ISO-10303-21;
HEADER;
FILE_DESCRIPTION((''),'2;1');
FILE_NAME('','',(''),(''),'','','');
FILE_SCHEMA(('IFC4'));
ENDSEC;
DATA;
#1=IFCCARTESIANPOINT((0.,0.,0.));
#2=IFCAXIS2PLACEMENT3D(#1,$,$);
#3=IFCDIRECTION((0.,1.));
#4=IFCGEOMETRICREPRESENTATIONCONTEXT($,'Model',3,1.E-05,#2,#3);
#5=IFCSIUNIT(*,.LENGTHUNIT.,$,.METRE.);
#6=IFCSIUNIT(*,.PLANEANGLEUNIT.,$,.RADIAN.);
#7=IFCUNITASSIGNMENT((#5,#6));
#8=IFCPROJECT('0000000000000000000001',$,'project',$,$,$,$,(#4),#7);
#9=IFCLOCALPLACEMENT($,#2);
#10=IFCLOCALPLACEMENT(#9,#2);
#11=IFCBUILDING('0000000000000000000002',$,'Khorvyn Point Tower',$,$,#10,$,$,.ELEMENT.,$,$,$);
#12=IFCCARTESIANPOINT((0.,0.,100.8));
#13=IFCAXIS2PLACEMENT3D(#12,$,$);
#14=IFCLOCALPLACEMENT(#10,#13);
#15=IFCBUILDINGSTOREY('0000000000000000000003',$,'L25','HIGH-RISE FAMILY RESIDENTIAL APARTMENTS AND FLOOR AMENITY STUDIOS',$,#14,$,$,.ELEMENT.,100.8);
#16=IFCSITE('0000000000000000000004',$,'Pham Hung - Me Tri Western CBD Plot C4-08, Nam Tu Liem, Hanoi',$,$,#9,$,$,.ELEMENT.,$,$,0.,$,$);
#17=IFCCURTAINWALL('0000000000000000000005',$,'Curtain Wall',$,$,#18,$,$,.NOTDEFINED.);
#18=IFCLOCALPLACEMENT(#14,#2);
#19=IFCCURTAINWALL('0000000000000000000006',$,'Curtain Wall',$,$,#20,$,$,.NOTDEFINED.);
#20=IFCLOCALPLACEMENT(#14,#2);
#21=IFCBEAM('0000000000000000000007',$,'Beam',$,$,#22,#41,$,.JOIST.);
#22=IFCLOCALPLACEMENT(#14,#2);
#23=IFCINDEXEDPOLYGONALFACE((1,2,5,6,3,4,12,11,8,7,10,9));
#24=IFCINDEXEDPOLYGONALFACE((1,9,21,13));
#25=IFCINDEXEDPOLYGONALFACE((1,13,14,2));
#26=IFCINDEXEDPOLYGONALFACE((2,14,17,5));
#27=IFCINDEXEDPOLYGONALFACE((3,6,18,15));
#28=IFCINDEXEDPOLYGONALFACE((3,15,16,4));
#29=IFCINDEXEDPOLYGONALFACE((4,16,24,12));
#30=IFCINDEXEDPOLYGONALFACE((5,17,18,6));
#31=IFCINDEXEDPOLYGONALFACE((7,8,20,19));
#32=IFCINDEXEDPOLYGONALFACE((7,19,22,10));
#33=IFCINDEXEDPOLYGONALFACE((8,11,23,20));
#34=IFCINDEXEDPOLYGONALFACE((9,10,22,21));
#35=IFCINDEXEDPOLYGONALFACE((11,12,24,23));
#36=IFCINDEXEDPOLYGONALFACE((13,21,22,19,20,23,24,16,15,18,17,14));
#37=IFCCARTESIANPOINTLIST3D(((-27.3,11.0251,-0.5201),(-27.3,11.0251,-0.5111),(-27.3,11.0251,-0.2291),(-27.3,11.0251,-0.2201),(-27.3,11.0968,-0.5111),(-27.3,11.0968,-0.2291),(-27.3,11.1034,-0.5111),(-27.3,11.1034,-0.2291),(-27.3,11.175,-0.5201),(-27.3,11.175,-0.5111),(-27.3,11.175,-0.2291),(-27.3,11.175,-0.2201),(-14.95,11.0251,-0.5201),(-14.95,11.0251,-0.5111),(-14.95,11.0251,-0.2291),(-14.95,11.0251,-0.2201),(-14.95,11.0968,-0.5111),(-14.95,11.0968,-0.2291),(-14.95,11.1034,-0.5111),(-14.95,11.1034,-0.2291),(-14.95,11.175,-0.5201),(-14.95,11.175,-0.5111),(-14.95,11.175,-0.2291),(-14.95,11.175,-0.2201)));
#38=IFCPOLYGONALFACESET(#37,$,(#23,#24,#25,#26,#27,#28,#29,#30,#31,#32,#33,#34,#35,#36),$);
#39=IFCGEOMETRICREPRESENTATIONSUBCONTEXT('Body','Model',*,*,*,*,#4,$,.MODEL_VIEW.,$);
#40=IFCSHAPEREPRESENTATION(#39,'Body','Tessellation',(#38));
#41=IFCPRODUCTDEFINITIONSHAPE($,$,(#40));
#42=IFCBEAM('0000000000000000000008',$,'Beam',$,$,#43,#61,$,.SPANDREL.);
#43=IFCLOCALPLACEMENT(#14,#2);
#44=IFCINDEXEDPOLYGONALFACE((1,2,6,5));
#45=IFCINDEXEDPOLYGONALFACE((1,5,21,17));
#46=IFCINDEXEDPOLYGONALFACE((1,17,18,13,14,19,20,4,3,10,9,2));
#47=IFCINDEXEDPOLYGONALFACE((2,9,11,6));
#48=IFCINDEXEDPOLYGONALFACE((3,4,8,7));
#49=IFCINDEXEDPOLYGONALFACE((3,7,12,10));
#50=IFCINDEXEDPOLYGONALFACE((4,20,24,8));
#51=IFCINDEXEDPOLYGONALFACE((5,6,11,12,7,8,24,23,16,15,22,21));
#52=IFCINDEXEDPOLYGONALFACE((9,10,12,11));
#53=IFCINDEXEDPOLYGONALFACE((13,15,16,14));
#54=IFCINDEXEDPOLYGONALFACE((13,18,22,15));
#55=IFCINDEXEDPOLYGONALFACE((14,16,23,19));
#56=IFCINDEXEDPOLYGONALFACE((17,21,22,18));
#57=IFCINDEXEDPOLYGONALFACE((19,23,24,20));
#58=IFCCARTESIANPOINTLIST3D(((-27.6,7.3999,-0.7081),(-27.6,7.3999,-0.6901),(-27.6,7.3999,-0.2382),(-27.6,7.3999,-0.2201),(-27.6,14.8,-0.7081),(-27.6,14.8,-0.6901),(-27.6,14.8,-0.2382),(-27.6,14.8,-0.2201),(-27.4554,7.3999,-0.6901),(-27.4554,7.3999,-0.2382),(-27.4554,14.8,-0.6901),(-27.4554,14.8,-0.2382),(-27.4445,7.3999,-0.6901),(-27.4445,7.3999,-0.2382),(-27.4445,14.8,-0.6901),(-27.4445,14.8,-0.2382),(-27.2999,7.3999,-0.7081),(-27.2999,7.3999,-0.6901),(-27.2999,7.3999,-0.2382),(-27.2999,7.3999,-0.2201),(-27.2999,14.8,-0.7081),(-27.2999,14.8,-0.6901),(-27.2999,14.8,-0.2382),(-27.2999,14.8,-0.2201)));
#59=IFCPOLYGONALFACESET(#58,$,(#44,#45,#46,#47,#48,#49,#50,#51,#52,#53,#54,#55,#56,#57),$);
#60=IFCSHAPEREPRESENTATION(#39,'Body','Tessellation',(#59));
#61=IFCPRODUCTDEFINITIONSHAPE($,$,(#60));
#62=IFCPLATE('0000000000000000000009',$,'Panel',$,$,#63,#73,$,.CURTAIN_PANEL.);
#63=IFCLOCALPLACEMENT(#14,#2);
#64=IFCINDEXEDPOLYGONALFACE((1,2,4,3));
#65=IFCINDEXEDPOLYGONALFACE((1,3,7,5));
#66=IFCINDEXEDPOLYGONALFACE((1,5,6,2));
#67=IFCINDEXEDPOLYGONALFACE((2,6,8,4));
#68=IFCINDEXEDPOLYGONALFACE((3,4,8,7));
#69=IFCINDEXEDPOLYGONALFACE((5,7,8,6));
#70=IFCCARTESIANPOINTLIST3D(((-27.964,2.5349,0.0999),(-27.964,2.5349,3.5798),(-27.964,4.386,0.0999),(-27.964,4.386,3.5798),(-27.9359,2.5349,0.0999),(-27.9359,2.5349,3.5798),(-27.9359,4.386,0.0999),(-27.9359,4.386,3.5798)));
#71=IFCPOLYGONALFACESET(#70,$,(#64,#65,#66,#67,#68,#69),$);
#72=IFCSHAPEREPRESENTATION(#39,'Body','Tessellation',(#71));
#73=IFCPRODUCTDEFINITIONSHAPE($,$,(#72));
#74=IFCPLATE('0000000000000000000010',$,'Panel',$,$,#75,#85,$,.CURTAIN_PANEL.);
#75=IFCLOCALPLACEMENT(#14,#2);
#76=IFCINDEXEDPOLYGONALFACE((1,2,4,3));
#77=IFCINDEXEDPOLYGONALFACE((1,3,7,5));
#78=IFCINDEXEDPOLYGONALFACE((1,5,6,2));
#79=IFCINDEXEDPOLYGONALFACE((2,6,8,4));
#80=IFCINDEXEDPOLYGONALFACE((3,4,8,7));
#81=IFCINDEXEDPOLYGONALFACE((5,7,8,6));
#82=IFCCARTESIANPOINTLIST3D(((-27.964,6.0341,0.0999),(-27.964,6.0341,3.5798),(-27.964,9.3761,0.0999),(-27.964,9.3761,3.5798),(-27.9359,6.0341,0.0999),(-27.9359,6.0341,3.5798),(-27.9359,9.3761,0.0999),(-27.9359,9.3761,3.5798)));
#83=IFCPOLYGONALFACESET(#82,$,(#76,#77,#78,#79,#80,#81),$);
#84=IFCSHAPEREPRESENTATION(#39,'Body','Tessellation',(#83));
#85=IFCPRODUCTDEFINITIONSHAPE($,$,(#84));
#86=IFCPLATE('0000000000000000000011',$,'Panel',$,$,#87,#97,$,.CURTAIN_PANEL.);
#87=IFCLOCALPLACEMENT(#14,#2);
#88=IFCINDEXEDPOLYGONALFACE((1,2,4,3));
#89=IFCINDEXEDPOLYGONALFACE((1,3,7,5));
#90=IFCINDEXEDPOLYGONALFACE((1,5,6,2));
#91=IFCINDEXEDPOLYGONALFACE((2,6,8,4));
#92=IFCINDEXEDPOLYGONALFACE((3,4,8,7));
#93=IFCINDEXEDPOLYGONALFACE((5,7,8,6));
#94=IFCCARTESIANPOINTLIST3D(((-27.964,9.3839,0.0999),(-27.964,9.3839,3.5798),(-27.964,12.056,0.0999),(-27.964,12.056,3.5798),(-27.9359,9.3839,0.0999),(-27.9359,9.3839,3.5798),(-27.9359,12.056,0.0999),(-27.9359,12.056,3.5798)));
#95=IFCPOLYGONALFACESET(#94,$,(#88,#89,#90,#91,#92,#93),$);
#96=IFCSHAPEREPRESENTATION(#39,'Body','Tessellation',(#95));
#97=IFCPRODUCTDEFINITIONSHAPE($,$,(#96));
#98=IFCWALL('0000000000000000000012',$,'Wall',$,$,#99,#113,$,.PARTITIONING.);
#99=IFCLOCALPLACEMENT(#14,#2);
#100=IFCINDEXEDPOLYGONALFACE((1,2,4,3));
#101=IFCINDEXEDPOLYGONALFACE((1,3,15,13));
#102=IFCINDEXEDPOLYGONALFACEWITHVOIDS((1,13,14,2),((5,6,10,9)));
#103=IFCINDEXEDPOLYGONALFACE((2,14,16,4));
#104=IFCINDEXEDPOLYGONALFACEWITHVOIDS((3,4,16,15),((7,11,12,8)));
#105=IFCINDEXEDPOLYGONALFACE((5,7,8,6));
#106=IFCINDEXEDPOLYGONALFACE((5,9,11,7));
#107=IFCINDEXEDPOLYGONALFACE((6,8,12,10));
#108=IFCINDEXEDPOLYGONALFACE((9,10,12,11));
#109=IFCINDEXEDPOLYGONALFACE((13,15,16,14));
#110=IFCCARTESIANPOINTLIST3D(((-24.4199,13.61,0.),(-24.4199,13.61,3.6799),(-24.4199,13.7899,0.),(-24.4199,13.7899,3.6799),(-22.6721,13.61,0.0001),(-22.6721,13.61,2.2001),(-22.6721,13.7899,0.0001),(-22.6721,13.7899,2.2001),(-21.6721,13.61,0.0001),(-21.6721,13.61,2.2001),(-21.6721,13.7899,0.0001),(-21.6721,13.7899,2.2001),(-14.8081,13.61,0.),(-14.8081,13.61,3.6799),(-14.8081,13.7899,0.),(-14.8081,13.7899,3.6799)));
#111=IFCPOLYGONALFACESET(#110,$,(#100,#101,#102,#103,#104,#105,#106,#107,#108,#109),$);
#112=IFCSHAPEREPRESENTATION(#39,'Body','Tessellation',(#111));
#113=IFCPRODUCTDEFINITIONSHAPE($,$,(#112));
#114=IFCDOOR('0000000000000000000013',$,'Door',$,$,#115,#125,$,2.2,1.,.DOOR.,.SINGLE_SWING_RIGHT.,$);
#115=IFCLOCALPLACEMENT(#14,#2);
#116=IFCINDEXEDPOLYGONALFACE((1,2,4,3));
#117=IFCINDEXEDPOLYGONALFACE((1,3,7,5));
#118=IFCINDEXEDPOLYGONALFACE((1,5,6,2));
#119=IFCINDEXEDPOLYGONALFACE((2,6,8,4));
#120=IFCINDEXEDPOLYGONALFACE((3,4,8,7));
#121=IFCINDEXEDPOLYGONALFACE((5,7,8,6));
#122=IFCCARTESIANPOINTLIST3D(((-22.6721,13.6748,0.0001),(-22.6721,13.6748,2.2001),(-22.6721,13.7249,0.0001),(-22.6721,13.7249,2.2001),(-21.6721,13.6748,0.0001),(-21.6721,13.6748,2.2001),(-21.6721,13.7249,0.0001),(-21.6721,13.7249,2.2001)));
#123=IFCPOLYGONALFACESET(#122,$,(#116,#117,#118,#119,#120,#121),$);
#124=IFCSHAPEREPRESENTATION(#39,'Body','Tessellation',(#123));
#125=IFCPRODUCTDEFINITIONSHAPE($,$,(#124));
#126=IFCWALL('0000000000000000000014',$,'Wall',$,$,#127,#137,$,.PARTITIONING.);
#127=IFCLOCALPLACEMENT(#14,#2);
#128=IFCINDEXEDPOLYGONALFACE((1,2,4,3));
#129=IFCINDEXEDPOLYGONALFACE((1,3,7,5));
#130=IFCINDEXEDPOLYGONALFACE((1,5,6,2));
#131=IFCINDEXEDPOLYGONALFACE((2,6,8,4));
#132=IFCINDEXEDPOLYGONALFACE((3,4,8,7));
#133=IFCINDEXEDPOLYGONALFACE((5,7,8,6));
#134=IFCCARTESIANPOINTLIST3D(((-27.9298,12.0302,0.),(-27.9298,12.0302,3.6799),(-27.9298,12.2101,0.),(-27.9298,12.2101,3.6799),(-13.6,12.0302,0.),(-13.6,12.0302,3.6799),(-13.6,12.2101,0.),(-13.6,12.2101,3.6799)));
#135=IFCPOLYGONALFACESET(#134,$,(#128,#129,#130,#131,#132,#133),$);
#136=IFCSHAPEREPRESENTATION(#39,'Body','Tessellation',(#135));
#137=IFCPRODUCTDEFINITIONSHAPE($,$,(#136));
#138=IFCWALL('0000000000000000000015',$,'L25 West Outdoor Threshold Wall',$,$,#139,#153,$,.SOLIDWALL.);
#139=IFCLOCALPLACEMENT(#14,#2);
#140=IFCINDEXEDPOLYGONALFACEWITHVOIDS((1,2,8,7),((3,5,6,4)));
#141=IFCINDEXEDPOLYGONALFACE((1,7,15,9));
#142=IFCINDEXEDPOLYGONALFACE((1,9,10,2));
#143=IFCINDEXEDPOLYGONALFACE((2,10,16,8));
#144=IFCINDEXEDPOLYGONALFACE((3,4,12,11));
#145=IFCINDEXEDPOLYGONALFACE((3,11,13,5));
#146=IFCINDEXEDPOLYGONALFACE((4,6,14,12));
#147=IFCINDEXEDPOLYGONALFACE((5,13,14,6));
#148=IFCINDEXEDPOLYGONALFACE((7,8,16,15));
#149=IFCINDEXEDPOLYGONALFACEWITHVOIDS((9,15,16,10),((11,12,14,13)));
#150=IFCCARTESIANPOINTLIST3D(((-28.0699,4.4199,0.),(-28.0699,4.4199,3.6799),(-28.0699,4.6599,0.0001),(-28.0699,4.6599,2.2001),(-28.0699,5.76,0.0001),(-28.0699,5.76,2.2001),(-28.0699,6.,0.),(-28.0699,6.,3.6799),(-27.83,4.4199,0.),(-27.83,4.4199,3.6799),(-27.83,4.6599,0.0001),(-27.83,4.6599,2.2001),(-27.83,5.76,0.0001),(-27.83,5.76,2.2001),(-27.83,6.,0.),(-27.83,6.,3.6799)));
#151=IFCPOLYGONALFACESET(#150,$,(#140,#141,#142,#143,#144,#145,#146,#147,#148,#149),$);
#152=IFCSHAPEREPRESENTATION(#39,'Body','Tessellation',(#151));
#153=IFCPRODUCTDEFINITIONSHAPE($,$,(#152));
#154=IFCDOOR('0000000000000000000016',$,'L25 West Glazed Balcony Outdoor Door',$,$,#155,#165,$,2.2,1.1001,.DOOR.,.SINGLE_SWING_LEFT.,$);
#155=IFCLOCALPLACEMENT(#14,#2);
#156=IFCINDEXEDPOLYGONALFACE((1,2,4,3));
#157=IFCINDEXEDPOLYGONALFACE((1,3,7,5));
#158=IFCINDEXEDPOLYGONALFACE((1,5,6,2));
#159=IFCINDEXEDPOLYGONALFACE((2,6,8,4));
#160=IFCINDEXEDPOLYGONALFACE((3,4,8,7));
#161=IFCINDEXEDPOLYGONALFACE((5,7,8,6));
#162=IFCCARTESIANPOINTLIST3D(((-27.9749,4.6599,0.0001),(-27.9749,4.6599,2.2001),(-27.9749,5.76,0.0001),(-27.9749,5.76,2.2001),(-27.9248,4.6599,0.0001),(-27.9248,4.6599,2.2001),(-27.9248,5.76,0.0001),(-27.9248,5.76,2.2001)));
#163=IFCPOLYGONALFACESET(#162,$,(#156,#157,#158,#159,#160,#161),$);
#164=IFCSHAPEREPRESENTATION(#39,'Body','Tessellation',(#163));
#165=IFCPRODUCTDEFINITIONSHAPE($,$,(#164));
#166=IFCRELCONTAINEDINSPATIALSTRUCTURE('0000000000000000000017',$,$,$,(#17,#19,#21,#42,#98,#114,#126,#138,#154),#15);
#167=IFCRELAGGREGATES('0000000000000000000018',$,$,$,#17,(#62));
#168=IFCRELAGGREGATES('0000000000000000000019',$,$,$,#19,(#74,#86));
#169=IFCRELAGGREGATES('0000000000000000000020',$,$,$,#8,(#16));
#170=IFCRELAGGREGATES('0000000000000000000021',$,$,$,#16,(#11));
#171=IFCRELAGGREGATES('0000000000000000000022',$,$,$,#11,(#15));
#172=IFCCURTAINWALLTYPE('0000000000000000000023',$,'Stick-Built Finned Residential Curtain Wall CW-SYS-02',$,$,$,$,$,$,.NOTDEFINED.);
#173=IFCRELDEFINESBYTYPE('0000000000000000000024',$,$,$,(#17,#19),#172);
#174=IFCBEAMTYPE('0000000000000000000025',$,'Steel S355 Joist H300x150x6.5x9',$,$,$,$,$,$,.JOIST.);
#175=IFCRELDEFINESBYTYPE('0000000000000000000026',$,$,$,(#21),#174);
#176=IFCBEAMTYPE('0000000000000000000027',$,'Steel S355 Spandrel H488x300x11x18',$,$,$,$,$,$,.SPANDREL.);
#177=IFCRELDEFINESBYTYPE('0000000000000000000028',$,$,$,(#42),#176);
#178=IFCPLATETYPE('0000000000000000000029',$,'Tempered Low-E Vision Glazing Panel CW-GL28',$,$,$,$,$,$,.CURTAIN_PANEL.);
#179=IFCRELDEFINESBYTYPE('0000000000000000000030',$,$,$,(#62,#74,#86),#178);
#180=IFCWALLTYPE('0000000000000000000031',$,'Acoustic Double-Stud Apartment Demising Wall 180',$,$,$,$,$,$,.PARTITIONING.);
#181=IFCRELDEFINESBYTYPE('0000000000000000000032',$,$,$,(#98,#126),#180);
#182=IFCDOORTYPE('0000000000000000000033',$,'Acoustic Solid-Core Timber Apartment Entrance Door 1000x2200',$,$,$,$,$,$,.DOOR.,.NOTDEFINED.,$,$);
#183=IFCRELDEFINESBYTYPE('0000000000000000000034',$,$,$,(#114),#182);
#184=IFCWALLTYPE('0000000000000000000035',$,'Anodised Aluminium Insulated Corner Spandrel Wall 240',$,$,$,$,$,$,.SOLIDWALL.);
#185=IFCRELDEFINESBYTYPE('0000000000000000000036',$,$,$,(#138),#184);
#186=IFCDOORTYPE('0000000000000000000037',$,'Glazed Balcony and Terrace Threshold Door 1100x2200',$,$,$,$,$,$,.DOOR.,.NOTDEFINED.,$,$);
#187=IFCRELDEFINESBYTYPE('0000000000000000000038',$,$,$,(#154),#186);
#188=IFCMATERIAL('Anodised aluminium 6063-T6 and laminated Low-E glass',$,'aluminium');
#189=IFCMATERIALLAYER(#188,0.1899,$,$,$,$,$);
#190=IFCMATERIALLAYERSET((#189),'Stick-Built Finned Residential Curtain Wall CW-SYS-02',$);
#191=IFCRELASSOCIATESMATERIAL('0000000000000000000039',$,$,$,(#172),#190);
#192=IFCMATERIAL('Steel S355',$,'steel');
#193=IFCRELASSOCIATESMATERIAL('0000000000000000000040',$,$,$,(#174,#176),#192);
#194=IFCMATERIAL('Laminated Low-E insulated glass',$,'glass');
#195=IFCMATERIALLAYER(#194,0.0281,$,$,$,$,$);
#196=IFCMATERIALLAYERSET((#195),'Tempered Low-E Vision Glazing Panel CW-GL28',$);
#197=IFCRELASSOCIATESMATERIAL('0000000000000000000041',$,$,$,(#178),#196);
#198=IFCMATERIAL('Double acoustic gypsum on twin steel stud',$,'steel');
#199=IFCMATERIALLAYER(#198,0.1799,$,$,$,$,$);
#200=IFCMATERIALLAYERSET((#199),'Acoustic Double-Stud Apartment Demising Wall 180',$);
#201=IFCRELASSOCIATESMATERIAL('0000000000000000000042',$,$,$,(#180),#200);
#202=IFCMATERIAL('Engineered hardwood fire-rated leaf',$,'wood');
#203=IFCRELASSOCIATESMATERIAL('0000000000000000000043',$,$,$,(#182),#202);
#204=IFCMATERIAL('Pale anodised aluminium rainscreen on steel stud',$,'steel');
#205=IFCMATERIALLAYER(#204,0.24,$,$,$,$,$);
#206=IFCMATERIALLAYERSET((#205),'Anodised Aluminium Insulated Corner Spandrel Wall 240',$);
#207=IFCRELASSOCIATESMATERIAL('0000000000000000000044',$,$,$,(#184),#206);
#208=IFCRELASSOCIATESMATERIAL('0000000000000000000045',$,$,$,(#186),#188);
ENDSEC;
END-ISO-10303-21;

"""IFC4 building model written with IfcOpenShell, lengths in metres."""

from ifc_helpers import new_model, si_unit, direction, frame, frame_2d, origin, origin_2d, place, context, subcontext, project, spatial, rectangle, i_section, extrude, material, layer, layer_set, material_profile, profile_set, type_object, element, fill, aggregate, save


model = new_model("IFC4")

# Units and contexts
model_context = context("Model", 3, precision=1e-05, world=origin(), true_north=direction((0.0, 1.0)))
body_context = subcontext(model_context, "Body", "Model", "MODEL_VIEW")
ifc_project = project(units=[si_unit("LENGTHUNIT", "METRE"), si_unit("PLANEANGLEUNIT", "RADIAN")], contexts=[model_context])

# Site, building, storey
site_placement = place(None, origin())
site = spatial("IfcSite", under=ifc_project, at=site_placement, Name="Pham Hung - Me Tri Western CBD Plot C4-08, Nam Tu Liem, Hanoi", CompositionType="ELEMENT", RefElevation=0.0)
building_placement = place(site_placement, origin())
building = spatial("IfcBuilding", under=site, at=building_placement, Name="Khorvyn Point Tower", CompositionType="ELEMENT")
storey_placement = place(building_placement, frame((0.0, 0.0, 100.8)))
storey = spatial("IfcBuildingStorey", under=building, at=storey_placement, Name="L25", Description="HIGH-RISE FAMILY RESIDENTIAL APARTMENTS AND FLOOR AMENITY STUDIOS", CompositionType="ELEMENT", Elevation=100.8)

# Curtain wall
ifc_material_1 = material(Name="Anodised aluminium 6063-T6 and laminated Low-E glass", Category="aluminium")
ifc_layer_1 = layer(ifc_material_1, 0.1899)
ifc_layer_set_1 = layer_set([ifc_layer_1], Name="Stick-Built Finned Residential Curtain Wall CW-SYS-02")
curtain_wall_type = type_object("IfcCurtainWallType", Name="Stick-Built Finned Residential Curtain Wall CW-SYS-02", PredefinedType="NOTDEFINED", material=ifc_layer_set_1)
curtain_wall_1_placement = place(storey_placement, origin())
curtain_wall_1 = element("IfcCurtainWall", 1, at=curtain_wall_1_placement, inside=storey, type_object=curtain_wall_type, Name="Curtain Wall", PredefinedType="NOTDEFINED")

# Curtain wall
curtain_wall_2_placement = place(storey_placement, origin())
curtain_wall_2 = element("IfcCurtainWall", 2, at=curtain_wall_2_placement, inside=storey, type_object=curtain_wall_type, Name="Curtain Wall", PredefinedType="NOTDEFINED")

# Beams
ifc_material_2 = material(Name="Steel S355", Category="steel")
ifc_material_profile_1 = material_profile(ifc_material_2, i_section(OverallWidth=0.1499, OverallDepth=0.3, WebThickness=0.0066, FlangeThickness=0.009, at=origin_2d()))
ifc_profile_set_1 = profile_set([ifc_material_profile_1], Name="Steel S355 H300x150x6.5x9")
beam_type_1 = type_object("IfcBeamType", Name="Steel S355 Joist H300x150x6.5x9", PredefinedType="JOIST", material=ifc_profile_set_1)
beam_1_placement = place(storey_placement, frame((-27.3, 11.1001, -0.3701), z_axis=(1.0, 0.0, 0.0), x_axis=(0.0, 1.0, 0.0)))
element("IfcBeam", 3, at=beam_1_placement, inside=storey, type_object=beam_type_1, Name="Beam", PredefinedType="JOIST", context=body_context, shape_type="SweptSolid", body=[
    extrude(i_section(OverallWidth=0.1499, OverallDepth=0.3, WebThickness=0.0066, FlangeThickness=0.009, at=origin_2d()), origin(), (0.0, 0.0, 1.0), 12.3501),
])
ifc_material_profile_2 = material_profile(ifc_material_2, i_section(OverallWidth=0.3, OverallDepth=0.488, WebThickness=0.011, FlangeThickness=0.0181, at=origin_2d()))
ifc_profile_set_2 = profile_set([ifc_material_profile_2], Name="Steel S355 H488x300x11x18")
beam_type_2 = type_object("IfcBeamType", Name="Steel S355 Spandrel H488x300x11x18", PredefinedType="SPANDREL", material=ifc_profile_set_2)
beam_2_placement = place(storey_placement, frame((-27.45, 7.3999, -0.4641), z_axis=(0.0, 1.0, 0.0), x_axis=(-1.0, 0.0, 0.0)))
element("IfcBeam", 4, at=beam_2_placement, inside=storey, type_object=beam_type_2, Name="Beam", PredefinedType="SPANDREL", context=body_context, shape_type="SweptSolid", body=[
    extrude(i_section(OverallWidth=0.3, OverallDepth=0.488, WebThickness=0.011, FlangeThickness=0.0181, at=origin_2d()), origin(), (0.0, 0.0, 1.0), 7.4001),
])

# Plates
ifc_material_3 = material(Name="Laminated Low-E insulated glass", Category="glass")
ifc_layer_2 = layer(ifc_material_3, 0.0281)
ifc_layer_set_2 = layer_set([ifc_layer_2], Name="Tempered Low-E Vision Glazing Panel CW-GL28")
plate_type = type_object("IfcPlateType", Name="Tempered Low-E Vision Glazing Panel CW-GL28", PredefinedType="CURTAIN_PANEL", material=ifc_layer_set_2)
plate_1_placement = place(storey_placement, frame((-27.95, 3.4604, 0.0999), z_axis=(0.0, 0.0, 1.0), x_axis=(0.0, 1.0, 0.0)))
plate_1 = element("IfcPlate", 5, at=plate_1_placement, type_object=plate_type, Name="Panel", PredefinedType="CURTAIN_PANEL", context=body_context, shape_type="SweptSolid", body=[
    extrude(rectangle(XDim=1.8511, YDim=0.0281, at=origin_2d()), origin(), (0.0, 0.0, 1.0), 3.48),
])
aggregate(curtain_wall_1, [plate_1])
plate_2_placement = place(storey_placement, frame((-27.95, 7.7051, 0.0999), z_axis=(0.0, 0.0, 1.0), x_axis=(0.0, 1.0, 0.0)))
plate_2 = element("IfcPlate", 6, at=plate_2_placement, type_object=plate_type, Name="Panel", PredefinedType="CURTAIN_PANEL", context=body_context, shape_type="SweptSolid", body=[
    extrude(rectangle(XDim=3.342, YDim=0.0281, at=origin_2d()), origin(), (0.0, 0.0, 1.0), 3.48),
])
plate_3_placement = place(storey_placement, frame((-27.95, 10.72, 0.0999), z_axis=(0.0, 0.0, 1.0), x_axis=(0.0, 1.0, 0.0)))
plate_3 = element("IfcPlate", 7, at=plate_3_placement, type_object=plate_type, Name="Panel", PredefinedType="CURTAIN_PANEL", context=body_context, shape_type="SweptSolid", body=[
    extrude(rectangle(XDim=2.6721, YDim=0.0281, at=origin_2d()), origin(), (0.0, 0.0, 1.0), 3.48),
])
aggregate(curtain_wall_2, [plate_2, plate_3])

# Wall, opening, door
ifc_material_4 = material(Name="Double acoustic gypsum on twin steel stud", Category="steel")
ifc_layer_3 = layer(ifc_material_4, 0.1799)
ifc_layer_set_3 = layer_set([ifc_layer_3], Name="Acoustic Double-Stud Apartment Demising Wall 180")
wall_type_1 = type_object("IfcWallType", Name="Acoustic Double-Stud Apartment Demising Wall 180", PredefinedType="PARTITIONING", material=ifc_layer_set_3)
wall_1_placement = place(storey_placement, frame((-24.4199, 13.7, 0.0), z_axis=(0.0, 0.0, 1.0), x_axis=(1.0, 0.0, 0.0)))
wall_1 = element("IfcWall", 8, at=wall_1_placement, inside=storey, type_object=wall_type_1, Name="Wall", PredefinedType="PARTITIONING", context=body_context, shape_type="SweptSolid", body=[
    extrude(rectangle(XDim=9.6118, YDim=0.1799, at=frame_2d((4.8059, 0.0))), origin(), (0.0, 0.0, 1.0), 3.6799),
])
opening_1_placement = place(wall_1_placement, frame((1.7478, 0.0, 0.0)))
opening_1 = element("IfcOpeningElement", 9, at=opening_1_placement, cuts=wall_1, PredefinedType="OPENING", context=body_context, shape_type="SweptSolid", body=[
    extrude(rectangle(XDim=1.0, YDim=2.2, at=frame_2d((0.5, 1.1001))), frame((0.0, 0.0999, 0.0), z_axis=(0.0, -1.0, 0.0), x_axis=(1.0, 0.0, 0.0)), (0.0, 0.0, 1.0), 0.2),
])
ifc_material_5 = material(Name="Engineered hardwood fire-rated leaf", Category="wood")
door_type_1 = type_object("IfcDoorType", Name="Acoustic Solid-Core Timber Apartment Entrance Door 1000x2200", OperationType="NOTDEFINED", PredefinedType="DOOR", material=ifc_material_5)
door_1_placement = place(opening_1_placement, origin())
door_1 = element("IfcDoor", 10, at=door_1_placement, inside=storey, type_object=door_type_1, Name="Door", OperationType="SINGLE_SWING_RIGHT", OverallHeight=2.2, OverallWidth=1.0, PredefinedType="DOOR", context=body_context, shape_type="SweptSolid", body=[
    extrude(rectangle(XDim=1.0, YDim=2.2, at=frame_2d((0.5, 1.1001))), frame((0.0, 0.0249, 0.0), z_axis=(0.0, -1.0, 0.0), x_axis=(1.0, 0.0, 0.0)), (0.0, 0.0, 1.0), 0.05),
])
fill(opening_1, door_1)

# Wall
wall_2_placement = place(storey_placement, frame((-27.9299, 12.1201, 0.0), z_axis=(0.0, 0.0, 1.0), x_axis=(1.0, 0.0, 0.0)))
element("IfcWall", 11, at=wall_2_placement, inside=storey, type_object=wall_type_1, Name="Wall", PredefinedType="PARTITIONING", context=body_context, shape_type="SweptSolid", body=[
    extrude(rectangle(XDim=14.3298, YDim=0.1799, at=frame_2d((7.165, 0.0))), origin(), (0.0, 0.0, 1.0), 3.6799),
])

# Wall, opening, door
ifc_material_6 = material(Name="Pale anodised aluminium rainscreen on steel stud", Category="steel")
ifc_layer_4 = layer(ifc_material_6, 0.24)
ifc_layer_set_4 = layer_set([ifc_layer_4], Name="Anodised Aluminium Insulated Corner Spandrel Wall 240")
wall_type_2 = type_object("IfcWallType", Name="Anodised Aluminium Insulated Corner Spandrel Wall 240", PredefinedType="SOLIDWALL", material=ifc_layer_set_4)
wall_3_placement = place(storey_placement, frame((-27.95, 4.4199, 0.0), z_axis=(0.0, 0.0, 1.0), x_axis=(0.0, 1.0, 0.0)))
wall_3 = element("IfcWall", 12, at=wall_3_placement, inside=storey, type_object=wall_type_2, Name="L25 West Outdoor Threshold Wall", PredefinedType="SOLIDWALL", context=body_context, shape_type="SweptSolid", body=[
    extrude(rectangle(XDim=1.5801, YDim=0.24, at=frame_2d((0.79, 0.0))), origin(), (0.0, 0.0, 1.0), 3.6799),
])
opening_2_placement = place(wall_3_placement, frame((0.24, 0.0, 0.0)))
opening_2 = element("IfcOpeningElement", 13, at=opening_2_placement, cuts=wall_3, PredefinedType="OPENING", context=body_context, shape_type="SweptSolid", body=[
    extrude(rectangle(XDim=1.1001, YDim=2.2, at=frame_2d((0.55, 1.1001))), frame((0.0, 0.1299, 0.0), z_axis=(0.0, -1.0, 0.0), x_axis=(1.0, 0.0, 0.0)), (0.0, 0.0, 1.0), 0.26),
])
door_type_2 = type_object("IfcDoorType", Name="Glazed Balcony and Terrace Threshold Door 1100x2200", OperationType="NOTDEFINED", PredefinedType="DOOR", material=ifc_material_1)
door_2_placement = place(opening_2_placement, origin())
door_2 = element("IfcDoor", 14, at=door_2_placement, inside=storey, type_object=door_type_2, Name="L25 West Glazed Balcony Outdoor Door", OperationType="SINGLE_SWING_LEFT", OverallHeight=2.2, OverallWidth=1.1001, PredefinedType="DOOR", context=body_context, shape_type="SweptSolid", body=[
    extrude(rectangle(XDim=1.1001, YDim=2.2, at=frame_2d((0.55, 1.1001))), frame((0.0, 0.0249, 0.0), z_axis=(0.0, -1.0, 0.0), x_axis=(1.0, 0.0, 0.0)), (0.0, 0.0, 1.0), 0.05),
])
fill(opening_2, door_2)

save(model, "model.ifc")
